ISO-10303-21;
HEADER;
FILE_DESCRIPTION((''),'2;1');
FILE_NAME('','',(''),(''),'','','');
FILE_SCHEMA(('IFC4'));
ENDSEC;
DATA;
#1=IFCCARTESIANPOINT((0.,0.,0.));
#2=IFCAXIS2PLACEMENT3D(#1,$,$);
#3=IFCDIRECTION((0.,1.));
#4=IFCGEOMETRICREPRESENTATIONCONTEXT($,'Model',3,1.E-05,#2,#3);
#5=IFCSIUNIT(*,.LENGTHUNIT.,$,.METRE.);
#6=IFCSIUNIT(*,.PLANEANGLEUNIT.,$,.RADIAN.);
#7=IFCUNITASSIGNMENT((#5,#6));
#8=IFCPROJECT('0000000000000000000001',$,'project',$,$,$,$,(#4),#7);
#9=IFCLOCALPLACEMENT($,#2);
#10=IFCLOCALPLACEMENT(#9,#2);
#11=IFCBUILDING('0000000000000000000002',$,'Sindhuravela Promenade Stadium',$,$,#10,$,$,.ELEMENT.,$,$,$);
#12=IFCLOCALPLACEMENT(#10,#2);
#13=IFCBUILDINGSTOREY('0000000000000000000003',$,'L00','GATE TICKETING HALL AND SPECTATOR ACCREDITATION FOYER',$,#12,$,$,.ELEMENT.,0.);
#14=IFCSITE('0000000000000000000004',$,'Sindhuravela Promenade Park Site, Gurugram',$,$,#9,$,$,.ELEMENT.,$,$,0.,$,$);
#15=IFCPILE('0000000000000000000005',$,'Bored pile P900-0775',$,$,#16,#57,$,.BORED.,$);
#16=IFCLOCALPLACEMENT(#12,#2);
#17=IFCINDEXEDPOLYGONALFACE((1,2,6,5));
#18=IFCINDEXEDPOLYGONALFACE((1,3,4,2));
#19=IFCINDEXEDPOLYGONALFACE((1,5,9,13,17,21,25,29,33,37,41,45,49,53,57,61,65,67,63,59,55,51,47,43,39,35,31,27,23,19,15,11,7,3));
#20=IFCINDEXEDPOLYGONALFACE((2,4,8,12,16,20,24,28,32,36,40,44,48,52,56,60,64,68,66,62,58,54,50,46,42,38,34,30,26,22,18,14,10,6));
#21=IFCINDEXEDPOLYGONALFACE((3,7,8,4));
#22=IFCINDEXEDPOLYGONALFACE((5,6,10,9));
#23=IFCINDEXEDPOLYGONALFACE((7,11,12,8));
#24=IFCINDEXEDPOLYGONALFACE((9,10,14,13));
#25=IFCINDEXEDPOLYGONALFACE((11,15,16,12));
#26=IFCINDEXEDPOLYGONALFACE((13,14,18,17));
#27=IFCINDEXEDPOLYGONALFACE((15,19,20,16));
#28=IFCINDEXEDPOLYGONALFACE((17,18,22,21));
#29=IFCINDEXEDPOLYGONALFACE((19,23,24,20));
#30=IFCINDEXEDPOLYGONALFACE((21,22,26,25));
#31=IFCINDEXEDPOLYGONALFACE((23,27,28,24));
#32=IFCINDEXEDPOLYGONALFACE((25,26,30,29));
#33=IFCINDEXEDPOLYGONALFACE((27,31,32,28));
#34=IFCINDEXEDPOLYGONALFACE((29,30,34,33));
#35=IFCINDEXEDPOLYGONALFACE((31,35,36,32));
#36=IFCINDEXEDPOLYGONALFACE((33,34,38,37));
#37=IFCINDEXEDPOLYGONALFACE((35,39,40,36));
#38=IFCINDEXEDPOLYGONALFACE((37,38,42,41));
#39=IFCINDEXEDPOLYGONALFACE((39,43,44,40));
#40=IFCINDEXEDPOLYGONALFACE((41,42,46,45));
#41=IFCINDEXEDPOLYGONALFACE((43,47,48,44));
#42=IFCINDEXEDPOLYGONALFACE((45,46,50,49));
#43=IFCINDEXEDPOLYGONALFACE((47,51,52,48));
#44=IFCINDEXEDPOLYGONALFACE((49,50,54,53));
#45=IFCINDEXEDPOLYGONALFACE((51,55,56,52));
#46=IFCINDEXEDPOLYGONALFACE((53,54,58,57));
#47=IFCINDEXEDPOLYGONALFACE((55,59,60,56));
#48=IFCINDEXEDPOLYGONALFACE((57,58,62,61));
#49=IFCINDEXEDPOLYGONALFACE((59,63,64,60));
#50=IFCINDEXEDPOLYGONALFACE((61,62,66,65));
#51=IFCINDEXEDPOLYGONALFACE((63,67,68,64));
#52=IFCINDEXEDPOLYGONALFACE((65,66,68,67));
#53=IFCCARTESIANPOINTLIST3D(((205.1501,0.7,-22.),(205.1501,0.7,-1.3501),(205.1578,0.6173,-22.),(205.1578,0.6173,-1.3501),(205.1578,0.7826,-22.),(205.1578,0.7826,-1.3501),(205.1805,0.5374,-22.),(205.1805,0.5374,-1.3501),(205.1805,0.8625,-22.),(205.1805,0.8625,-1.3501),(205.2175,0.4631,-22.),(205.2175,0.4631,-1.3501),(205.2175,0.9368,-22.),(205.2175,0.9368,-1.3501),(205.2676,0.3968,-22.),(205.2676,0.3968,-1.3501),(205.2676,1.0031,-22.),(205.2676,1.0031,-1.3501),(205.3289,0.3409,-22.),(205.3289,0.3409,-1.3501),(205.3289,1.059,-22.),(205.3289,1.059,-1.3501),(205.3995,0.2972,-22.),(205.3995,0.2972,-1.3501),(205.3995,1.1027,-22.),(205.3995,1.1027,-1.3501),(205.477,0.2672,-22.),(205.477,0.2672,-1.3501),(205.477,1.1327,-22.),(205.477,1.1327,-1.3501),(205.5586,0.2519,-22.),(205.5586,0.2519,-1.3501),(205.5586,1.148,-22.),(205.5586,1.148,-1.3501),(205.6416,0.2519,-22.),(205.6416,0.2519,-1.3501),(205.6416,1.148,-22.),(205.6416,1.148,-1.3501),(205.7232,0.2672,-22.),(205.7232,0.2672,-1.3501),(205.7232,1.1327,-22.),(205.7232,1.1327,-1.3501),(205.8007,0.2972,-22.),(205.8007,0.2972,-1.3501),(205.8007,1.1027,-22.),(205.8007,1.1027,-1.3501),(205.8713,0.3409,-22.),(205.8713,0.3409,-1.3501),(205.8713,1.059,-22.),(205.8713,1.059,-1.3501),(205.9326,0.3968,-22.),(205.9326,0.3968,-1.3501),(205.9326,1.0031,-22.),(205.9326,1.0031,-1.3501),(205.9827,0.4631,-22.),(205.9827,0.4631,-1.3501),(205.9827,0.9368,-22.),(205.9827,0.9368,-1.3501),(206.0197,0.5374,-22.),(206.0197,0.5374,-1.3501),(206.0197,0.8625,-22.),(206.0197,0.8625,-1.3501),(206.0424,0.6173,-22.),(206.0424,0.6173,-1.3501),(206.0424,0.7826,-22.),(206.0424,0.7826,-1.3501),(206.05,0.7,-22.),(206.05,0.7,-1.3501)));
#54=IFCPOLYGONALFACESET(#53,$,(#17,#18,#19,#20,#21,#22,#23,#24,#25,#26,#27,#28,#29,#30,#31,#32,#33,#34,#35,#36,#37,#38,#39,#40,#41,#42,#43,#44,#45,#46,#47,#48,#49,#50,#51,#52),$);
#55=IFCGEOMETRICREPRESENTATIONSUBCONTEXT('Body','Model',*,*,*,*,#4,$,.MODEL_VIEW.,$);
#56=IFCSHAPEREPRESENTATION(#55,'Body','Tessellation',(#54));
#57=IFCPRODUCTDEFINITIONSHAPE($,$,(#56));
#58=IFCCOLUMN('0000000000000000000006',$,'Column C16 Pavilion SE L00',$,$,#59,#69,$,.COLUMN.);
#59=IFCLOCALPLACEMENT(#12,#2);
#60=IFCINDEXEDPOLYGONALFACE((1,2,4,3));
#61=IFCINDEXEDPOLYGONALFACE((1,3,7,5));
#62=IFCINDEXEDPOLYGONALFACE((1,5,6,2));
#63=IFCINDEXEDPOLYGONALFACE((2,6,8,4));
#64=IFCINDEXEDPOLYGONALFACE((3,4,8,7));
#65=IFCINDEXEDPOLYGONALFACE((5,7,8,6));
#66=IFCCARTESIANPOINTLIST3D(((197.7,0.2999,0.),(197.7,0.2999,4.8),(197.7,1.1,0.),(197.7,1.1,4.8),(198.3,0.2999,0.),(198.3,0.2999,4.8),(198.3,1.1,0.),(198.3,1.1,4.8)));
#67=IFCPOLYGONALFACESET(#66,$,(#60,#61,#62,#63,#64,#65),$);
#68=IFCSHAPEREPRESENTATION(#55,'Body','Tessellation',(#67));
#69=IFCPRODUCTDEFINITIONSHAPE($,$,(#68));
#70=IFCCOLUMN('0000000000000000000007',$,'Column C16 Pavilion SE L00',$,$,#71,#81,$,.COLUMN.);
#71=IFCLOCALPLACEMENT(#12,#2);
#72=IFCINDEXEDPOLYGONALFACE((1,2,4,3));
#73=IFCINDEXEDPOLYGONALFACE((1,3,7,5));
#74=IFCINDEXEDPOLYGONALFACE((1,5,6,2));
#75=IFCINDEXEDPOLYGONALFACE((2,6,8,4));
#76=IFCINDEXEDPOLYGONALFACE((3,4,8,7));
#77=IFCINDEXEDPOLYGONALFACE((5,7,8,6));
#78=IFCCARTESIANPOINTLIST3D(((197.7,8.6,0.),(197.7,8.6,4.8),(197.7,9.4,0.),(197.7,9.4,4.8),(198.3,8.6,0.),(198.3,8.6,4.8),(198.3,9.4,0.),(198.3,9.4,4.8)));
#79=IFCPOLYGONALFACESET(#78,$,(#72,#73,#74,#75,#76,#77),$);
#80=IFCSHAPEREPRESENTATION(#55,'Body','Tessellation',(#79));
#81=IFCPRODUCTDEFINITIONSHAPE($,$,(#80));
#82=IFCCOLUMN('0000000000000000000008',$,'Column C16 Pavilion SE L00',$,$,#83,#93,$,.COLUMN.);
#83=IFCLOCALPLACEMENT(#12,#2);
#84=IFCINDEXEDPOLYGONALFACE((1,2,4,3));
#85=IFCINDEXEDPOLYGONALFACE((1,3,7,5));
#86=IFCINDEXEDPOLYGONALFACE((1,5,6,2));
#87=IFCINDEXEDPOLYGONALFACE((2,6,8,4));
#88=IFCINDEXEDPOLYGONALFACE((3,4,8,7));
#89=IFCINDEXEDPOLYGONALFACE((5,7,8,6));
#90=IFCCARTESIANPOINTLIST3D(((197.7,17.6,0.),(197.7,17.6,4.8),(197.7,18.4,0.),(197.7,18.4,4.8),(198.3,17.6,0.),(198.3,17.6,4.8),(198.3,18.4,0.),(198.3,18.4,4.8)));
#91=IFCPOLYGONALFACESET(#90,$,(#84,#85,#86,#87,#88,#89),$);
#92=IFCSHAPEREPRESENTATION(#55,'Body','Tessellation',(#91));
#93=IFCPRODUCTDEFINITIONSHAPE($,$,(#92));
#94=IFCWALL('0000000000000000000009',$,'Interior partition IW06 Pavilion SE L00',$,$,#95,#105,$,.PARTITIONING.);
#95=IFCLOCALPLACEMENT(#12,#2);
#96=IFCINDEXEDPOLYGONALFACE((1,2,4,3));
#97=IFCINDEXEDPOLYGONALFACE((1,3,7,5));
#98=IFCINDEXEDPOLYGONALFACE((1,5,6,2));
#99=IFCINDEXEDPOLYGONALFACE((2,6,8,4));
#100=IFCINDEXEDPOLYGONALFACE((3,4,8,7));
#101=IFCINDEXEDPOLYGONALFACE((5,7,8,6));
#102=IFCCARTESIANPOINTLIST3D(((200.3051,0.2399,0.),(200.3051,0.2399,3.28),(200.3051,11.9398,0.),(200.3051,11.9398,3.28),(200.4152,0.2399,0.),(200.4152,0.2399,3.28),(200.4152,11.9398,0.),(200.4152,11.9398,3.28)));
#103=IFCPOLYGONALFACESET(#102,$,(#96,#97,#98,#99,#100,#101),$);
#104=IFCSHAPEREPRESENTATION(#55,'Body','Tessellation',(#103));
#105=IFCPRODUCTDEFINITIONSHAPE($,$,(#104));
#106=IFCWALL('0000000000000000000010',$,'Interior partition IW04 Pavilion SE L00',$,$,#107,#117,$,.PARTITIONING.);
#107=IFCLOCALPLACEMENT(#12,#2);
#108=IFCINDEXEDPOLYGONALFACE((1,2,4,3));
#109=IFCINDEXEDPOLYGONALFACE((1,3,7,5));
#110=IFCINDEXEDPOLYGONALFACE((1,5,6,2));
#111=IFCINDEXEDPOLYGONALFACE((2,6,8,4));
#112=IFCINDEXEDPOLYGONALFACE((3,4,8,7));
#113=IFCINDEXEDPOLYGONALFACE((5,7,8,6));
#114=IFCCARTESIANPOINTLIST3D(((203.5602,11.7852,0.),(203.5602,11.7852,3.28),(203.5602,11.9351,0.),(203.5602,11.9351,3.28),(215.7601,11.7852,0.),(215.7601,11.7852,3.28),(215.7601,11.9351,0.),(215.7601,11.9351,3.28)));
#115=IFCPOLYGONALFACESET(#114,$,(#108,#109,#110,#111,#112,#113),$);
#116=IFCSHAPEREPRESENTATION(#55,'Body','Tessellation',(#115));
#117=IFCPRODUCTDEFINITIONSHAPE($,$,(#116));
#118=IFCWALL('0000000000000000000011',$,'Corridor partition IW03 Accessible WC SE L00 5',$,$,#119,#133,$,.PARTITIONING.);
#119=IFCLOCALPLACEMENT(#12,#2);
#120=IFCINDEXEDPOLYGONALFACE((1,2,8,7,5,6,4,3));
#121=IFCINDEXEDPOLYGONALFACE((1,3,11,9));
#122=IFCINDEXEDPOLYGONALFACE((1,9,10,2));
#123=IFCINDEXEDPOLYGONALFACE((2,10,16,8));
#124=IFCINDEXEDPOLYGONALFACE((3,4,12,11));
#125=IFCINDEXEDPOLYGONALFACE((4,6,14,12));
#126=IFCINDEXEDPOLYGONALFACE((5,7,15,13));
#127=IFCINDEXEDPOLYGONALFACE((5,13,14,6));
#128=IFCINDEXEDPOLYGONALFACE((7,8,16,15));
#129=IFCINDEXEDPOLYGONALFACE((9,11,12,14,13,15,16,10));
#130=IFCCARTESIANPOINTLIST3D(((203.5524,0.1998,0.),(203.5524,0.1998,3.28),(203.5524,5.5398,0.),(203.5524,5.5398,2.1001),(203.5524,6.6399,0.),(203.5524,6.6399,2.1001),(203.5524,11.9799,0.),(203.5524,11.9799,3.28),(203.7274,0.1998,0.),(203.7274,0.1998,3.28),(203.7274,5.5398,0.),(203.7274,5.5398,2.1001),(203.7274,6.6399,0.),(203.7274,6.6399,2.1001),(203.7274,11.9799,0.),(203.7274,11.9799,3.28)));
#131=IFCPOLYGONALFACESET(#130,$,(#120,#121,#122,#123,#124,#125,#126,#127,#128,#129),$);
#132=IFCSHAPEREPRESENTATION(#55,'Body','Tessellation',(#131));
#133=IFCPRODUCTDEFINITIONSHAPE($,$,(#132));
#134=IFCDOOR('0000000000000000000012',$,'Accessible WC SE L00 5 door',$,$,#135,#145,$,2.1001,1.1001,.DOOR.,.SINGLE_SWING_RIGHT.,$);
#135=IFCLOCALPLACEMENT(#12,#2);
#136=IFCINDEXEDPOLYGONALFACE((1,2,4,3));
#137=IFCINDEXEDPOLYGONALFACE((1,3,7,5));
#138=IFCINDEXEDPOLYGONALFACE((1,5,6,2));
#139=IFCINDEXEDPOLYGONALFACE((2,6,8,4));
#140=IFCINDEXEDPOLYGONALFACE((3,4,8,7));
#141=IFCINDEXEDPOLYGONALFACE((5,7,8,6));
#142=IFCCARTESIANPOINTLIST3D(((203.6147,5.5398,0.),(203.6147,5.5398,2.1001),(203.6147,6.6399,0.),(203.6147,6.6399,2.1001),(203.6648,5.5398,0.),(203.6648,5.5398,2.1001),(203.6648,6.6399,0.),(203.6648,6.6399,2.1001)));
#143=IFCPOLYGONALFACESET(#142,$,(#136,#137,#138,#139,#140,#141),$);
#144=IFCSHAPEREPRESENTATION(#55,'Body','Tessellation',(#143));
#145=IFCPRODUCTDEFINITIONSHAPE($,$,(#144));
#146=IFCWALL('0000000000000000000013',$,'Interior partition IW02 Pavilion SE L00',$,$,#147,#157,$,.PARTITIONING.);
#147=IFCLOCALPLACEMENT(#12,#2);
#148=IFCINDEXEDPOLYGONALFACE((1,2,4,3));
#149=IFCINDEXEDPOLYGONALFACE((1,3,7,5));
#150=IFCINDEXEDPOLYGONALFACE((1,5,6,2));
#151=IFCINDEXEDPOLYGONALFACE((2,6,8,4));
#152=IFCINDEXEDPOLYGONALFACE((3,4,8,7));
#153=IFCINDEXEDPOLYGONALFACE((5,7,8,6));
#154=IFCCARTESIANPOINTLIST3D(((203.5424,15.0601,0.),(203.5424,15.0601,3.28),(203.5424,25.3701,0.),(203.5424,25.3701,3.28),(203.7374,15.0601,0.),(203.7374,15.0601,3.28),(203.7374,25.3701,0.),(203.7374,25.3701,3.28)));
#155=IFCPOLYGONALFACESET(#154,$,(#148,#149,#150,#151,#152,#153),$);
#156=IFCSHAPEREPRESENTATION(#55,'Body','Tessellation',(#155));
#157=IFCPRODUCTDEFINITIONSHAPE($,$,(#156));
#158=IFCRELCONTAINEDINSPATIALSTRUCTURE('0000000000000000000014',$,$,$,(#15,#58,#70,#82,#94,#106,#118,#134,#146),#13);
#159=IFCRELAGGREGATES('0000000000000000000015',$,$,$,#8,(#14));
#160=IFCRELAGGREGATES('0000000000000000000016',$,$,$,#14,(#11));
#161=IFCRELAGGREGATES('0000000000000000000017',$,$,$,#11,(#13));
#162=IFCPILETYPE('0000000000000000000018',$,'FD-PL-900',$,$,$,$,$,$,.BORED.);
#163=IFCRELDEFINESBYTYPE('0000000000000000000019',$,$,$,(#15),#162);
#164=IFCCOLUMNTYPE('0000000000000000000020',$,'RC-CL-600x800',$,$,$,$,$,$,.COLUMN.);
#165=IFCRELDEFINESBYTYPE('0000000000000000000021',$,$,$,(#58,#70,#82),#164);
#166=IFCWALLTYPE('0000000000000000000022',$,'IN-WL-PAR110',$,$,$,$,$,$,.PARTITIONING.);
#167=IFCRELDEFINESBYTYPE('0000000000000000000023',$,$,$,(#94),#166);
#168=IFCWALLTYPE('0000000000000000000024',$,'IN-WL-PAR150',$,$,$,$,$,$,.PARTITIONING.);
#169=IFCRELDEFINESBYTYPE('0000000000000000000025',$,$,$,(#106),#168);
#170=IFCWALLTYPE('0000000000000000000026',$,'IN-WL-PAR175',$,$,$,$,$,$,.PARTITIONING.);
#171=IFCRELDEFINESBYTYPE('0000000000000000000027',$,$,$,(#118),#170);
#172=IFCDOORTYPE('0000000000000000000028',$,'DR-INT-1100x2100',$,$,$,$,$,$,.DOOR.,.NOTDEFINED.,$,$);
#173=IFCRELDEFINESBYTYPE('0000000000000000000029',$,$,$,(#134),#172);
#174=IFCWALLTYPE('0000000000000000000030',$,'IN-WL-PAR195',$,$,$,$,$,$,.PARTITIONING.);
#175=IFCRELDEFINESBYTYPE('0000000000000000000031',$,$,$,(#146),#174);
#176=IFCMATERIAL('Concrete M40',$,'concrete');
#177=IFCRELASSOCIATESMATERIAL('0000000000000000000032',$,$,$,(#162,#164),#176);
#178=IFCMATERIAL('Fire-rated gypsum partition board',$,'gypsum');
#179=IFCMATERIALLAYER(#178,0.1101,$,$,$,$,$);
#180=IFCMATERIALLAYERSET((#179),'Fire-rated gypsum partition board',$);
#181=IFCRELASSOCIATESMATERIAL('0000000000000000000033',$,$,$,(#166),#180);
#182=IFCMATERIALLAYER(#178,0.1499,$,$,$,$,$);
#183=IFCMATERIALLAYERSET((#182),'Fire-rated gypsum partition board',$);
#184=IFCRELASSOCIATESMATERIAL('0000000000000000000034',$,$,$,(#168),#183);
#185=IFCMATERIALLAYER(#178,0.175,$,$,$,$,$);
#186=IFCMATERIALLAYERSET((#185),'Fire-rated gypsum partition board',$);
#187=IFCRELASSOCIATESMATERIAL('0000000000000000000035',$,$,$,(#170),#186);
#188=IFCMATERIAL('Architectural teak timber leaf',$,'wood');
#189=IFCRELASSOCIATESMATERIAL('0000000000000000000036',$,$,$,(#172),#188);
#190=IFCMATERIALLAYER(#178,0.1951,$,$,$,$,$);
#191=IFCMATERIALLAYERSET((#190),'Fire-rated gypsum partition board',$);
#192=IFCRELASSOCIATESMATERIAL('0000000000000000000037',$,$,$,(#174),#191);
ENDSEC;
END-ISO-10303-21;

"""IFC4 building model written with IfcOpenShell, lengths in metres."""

from ifc_helpers import new_model, si_unit, direction, frame, frame_2d, origin, origin_2d, place, context, subcontext, project, spatial, rectangle, circle, extrude, material, layer, layer_set, material_profile, profile_set, type_object, element, fill, save


model = new_model("IFC4")

# Units and contexts
model_context = context("Model", 3, precision=1e-05, world=origin(), true_north=direction((0.0, 1.0)))
body_context = subcontext(model_context, "Body", "Model", "MODEL_VIEW")
ifc_project = project(units=[si_unit("LENGTHUNIT", "METRE"), si_unit("PLANEANGLEUNIT", "RADIAN")], contexts=[model_context])

# Site, building, storey
site_placement = place(None, origin())
site = spatial("IfcSite", under=ifc_project, at=site_placement, Name="Sindhuravela Promenade Park Site, Gurugram", CompositionType="ELEMENT", RefElevation=0.0)
building_placement = place(site_placement, origin())
building = spatial("IfcBuilding", under=site, at=building_placement, Name="Sindhuravela Promenade Stadium", CompositionType="ELEMENT")
storey_placement = place(building_placement, origin())
storey = spatial("IfcBuildingStorey", under=building, at=storey_placement, Name="L00", Description="GATE TICKETING HALL AND SPECTATOR ACCREDITATION FOYER", CompositionType="ELEMENT", Elevation=0.0)

# Pile
ifc_material_1 = material(Name="Concrete M40", Category="concrete")
ifc_material_profile_1 = material_profile(ifc_material_1, circle(Radius=0.45, at=origin_2d()), Name="BORED PILE D900")
ifc_profile_set_1 = profile_set([ifc_material_profile_1], Name="Concrete M40")
pile_type_1 = type_object("IfcPileType", Name="FD-PL-900", PredefinedType="BORED", material=ifc_profile_set_1)
for number, where, z_axis, x_axis, name in (
    (1, (205.6001, 0.7, -1.3501), (0.0, 0.0, -1.0), (1.0, 0.0, 0.0), "Bored pile P900-0775"),
):
    element("IfcPile", number, at=place(storey_placement, frame(where, z_axis=z_axis, x_axis=x_axis)), inside=storey, type_object=pile_type_1, Name=name, PredefinedType="BORED", context=body_context, shape_type="SweptSolid", body=[
        extrude(circle(Radius=0.45, at=origin_2d()), origin(), (0.0, 0.0, 1.0), 20.6499),
    ])

# Columns
ifc_material_profile_2 = material_profile(ifc_material_1, rectangle(XDim=0.6001, YDim=0.8, at=origin_2d()), Name="RC 600x800")
ifc_profile_set_2 = profile_set([ifc_material_profile_2], Name="Concrete M40")
column_type = type_object("IfcColumnType", Name="RC-CL-600x800", PredefinedType="COLUMN", material=ifc_profile_set_2)
for number, where, z_axis, x_axis, name in (
    (2, (198.0, 0.7, 0.0), (0.0, 0.0, 1.0), (1.0, 0.0, 0.0), "Column C16 Pavilion SE L00"),
    (3, (198.0, 9.0, 0.0), (0.0, 0.0, 1.0), (1.0, 0.0, 0.0), "Column C16 Pavilion SE L00"),
    (4, (198.0, 18.0, 0.0), (0.0, 0.0, 1.0), (1.0, 0.0, 0.0), "Column C16 Pavilion SE L00"),
):
    element("IfcColumn", number, at=place(storey_placement, frame(where, z_axis=z_axis, x_axis=x_axis)), inside=storey, type_object=column_type, Name=name, PredefinedType="COLUMN", context=body_context, shape_type="SweptSolid", body=[
        extrude(rectangle(XDim=0.6001, YDim=0.8, at=origin_2d()), origin(), (0.0, 0.0, 1.0), 4.8),
    ])

# Walls
ifc_material_2 = material(Name="Fire-rated gypsum partition board", Category="gypsum")
ifc_layer_1 = layer(ifc_material_2, 0.1101)
ifc_layer_set_1 = layer_set([ifc_layer_1], Name="Fire-rated gypsum partition board")
wall_type_1 = type_object("IfcWallType", Name="IN-WL-PAR110", PredefinedType="PARTITIONING", material=ifc_layer_set_1)
wall_1_placement = place(storey_placement, frame((200.3601, 11.9399, 0.0), z_axis=(0.0, 0.0, 1.0), x_axis=(0.0, -1.0, 0.0)))
element("IfcWall", 5, at=wall_1_placement, inside=storey, type_object=wall_type_1, Name="Interior partition IW06 Pavilion SE L00", PredefinedType="PARTITIONING", context=body_context, shape_type="SweptSolid", body=[
    extrude(rectangle(XDim=11.7, YDim=0.1101, at=frame_2d((5.8501, 0.0))), origin(), (0.0, 0.0, 1.0), 3.28),
])
ifc_layer_2 = layer(ifc_material_2, 0.1499)
ifc_layer_set_2 = layer_set([ifc_layer_2], Name="Fire-rated gypsum partition board")
wall_type_2 = type_object("IfcWallType", Name="IN-WL-PAR150", PredefinedType="PARTITIONING", material=ifc_layer_set_2)
wall_2_placement = place(storey_placement, frame((203.5601, 11.8601, 0.0), z_axis=(0.0, 0.0, 1.0), x_axis=(1.0, 0.0, 0.0)))
element("IfcWall", 6, at=wall_2_placement, inside=storey, type_object=wall_type_2, Name="Interior partition IW04 Pavilion SE L00", PredefinedType="PARTITIONING", context=body_context, shape_type="SweptSolid", body=[
    extrude(rectangle(XDim=12.2, YDim=0.1499, at=frame_2d((6.1001, 0.0))), origin(), (0.0, 0.0, 1.0), 3.28),
])

# Wall, opening, door
ifc_layer_3 = layer(ifc_material_2, 0.175)
ifc_layer_set_3 = layer_set([ifc_layer_3], Name="Fire-rated gypsum partition board")
wall_type_3 = type_object("IfcWallType", Name="IN-WL-PAR175", PredefinedType="PARTITIONING", material=ifc_layer_set_3)
wall_3_placement = place(storey_placement, frame((203.6399, 11.98, 0.0), z_axis=(0.0, 0.0, 1.0), x_axis=(0.0, -1.0, 0.0)))
wall_3 = element("IfcWall", 7, at=wall_3_placement, inside=storey, type_object=wall_type_3, Name="Corridor partition IW03 Accessible WC SE L00 5", PredefinedType="PARTITIONING", context=body_context, shape_type="SweptSolid", body=[
    extrude(rectangle(XDim=11.78, YDim=0.175, at=frame_2d((5.8901, 0.0))), origin(), (0.0, 0.0, 1.0), 3.28),
])
opening_1_placement = place(wall_3_placement, frame((5.3401, 0.0, 0.0)))
opening_1 = element("IfcOpeningElement", 8, at=opening_1_placement, cuts=wall_3, PredefinedType="OPENING", context=body_context, shape_type="SweptSolid", body=[
    extrude(rectangle(XDim=1.1001, YDim=2.1001, at=frame_2d((0.55, 1.05))), frame((0.0, 0.0974, 0.0), z_axis=(0.0, -1.0, 0.0), x_axis=(1.0, 0.0, 0.0)), (0.0, 0.0, 1.0), 0.1951),
])
ifc_material_3 = material(Name="Architectural teak timber leaf", Category="wood")
door_type_1 = type_object("IfcDoorType", Name="DR-INT-1100x2100", OperationType="NOTDEFINED", PredefinedType="DOOR", material=ifc_material_3)
door_1_placement = place(opening_1_placement, origin())
door_1 = element("IfcDoor", 9, at=door_1_placement, inside=storey, type_object=door_type_1, Name="Accessible WC SE L00 5 door", OperationType="SINGLE_SWING_RIGHT", OverallHeight=2.1001, OverallWidth=1.1001, PredefinedType="DOOR", context=body_context, shape_type="SweptSolid", body=[
    extrude(rectangle(XDim=1.1001, YDim=2.1001, at=frame_2d((0.55, 1.05))), frame((0.0, 0.0249, 0.0), z_axis=(0.0, -1.0, 0.0), x_axis=(1.0, 0.0, 0.0)), (0.0, 0.0, 1.0), 0.05),
])
fill(opening_1, door_1)

# Wall
ifc_layer_4 = layer(ifc_material_2, 0.1951)
ifc_layer_set_4 = layer_set([ifc_layer_4], Name="Fire-rated gypsum partition board")
wall_type_4 = type_object("IfcWallType", Name="IN-WL-PAR195", PredefinedType="PARTITIONING", material=ifc_layer_set_4)
wall_4_placement = place(storey_placement, frame((203.6399, 15.0601, 0.0), z_axis=(0.0, 0.0, 1.0), x_axis=(0.0, 1.0, 0.0)))
element("IfcWall", 10, at=wall_4_placement, inside=storey, type_object=wall_type_4, Name="Interior partition IW02 Pavilion SE L00", PredefinedType="PARTITIONING", context=body_context, shape_type="SweptSolid", body=[
    extrude(rectangle(XDim=10.3101, YDim=0.1951, at=frame_2d((5.155, 0.0))), origin(), (0.0, 0.0, 1.0), 3.28),
])

save(model, "model.ifc")
